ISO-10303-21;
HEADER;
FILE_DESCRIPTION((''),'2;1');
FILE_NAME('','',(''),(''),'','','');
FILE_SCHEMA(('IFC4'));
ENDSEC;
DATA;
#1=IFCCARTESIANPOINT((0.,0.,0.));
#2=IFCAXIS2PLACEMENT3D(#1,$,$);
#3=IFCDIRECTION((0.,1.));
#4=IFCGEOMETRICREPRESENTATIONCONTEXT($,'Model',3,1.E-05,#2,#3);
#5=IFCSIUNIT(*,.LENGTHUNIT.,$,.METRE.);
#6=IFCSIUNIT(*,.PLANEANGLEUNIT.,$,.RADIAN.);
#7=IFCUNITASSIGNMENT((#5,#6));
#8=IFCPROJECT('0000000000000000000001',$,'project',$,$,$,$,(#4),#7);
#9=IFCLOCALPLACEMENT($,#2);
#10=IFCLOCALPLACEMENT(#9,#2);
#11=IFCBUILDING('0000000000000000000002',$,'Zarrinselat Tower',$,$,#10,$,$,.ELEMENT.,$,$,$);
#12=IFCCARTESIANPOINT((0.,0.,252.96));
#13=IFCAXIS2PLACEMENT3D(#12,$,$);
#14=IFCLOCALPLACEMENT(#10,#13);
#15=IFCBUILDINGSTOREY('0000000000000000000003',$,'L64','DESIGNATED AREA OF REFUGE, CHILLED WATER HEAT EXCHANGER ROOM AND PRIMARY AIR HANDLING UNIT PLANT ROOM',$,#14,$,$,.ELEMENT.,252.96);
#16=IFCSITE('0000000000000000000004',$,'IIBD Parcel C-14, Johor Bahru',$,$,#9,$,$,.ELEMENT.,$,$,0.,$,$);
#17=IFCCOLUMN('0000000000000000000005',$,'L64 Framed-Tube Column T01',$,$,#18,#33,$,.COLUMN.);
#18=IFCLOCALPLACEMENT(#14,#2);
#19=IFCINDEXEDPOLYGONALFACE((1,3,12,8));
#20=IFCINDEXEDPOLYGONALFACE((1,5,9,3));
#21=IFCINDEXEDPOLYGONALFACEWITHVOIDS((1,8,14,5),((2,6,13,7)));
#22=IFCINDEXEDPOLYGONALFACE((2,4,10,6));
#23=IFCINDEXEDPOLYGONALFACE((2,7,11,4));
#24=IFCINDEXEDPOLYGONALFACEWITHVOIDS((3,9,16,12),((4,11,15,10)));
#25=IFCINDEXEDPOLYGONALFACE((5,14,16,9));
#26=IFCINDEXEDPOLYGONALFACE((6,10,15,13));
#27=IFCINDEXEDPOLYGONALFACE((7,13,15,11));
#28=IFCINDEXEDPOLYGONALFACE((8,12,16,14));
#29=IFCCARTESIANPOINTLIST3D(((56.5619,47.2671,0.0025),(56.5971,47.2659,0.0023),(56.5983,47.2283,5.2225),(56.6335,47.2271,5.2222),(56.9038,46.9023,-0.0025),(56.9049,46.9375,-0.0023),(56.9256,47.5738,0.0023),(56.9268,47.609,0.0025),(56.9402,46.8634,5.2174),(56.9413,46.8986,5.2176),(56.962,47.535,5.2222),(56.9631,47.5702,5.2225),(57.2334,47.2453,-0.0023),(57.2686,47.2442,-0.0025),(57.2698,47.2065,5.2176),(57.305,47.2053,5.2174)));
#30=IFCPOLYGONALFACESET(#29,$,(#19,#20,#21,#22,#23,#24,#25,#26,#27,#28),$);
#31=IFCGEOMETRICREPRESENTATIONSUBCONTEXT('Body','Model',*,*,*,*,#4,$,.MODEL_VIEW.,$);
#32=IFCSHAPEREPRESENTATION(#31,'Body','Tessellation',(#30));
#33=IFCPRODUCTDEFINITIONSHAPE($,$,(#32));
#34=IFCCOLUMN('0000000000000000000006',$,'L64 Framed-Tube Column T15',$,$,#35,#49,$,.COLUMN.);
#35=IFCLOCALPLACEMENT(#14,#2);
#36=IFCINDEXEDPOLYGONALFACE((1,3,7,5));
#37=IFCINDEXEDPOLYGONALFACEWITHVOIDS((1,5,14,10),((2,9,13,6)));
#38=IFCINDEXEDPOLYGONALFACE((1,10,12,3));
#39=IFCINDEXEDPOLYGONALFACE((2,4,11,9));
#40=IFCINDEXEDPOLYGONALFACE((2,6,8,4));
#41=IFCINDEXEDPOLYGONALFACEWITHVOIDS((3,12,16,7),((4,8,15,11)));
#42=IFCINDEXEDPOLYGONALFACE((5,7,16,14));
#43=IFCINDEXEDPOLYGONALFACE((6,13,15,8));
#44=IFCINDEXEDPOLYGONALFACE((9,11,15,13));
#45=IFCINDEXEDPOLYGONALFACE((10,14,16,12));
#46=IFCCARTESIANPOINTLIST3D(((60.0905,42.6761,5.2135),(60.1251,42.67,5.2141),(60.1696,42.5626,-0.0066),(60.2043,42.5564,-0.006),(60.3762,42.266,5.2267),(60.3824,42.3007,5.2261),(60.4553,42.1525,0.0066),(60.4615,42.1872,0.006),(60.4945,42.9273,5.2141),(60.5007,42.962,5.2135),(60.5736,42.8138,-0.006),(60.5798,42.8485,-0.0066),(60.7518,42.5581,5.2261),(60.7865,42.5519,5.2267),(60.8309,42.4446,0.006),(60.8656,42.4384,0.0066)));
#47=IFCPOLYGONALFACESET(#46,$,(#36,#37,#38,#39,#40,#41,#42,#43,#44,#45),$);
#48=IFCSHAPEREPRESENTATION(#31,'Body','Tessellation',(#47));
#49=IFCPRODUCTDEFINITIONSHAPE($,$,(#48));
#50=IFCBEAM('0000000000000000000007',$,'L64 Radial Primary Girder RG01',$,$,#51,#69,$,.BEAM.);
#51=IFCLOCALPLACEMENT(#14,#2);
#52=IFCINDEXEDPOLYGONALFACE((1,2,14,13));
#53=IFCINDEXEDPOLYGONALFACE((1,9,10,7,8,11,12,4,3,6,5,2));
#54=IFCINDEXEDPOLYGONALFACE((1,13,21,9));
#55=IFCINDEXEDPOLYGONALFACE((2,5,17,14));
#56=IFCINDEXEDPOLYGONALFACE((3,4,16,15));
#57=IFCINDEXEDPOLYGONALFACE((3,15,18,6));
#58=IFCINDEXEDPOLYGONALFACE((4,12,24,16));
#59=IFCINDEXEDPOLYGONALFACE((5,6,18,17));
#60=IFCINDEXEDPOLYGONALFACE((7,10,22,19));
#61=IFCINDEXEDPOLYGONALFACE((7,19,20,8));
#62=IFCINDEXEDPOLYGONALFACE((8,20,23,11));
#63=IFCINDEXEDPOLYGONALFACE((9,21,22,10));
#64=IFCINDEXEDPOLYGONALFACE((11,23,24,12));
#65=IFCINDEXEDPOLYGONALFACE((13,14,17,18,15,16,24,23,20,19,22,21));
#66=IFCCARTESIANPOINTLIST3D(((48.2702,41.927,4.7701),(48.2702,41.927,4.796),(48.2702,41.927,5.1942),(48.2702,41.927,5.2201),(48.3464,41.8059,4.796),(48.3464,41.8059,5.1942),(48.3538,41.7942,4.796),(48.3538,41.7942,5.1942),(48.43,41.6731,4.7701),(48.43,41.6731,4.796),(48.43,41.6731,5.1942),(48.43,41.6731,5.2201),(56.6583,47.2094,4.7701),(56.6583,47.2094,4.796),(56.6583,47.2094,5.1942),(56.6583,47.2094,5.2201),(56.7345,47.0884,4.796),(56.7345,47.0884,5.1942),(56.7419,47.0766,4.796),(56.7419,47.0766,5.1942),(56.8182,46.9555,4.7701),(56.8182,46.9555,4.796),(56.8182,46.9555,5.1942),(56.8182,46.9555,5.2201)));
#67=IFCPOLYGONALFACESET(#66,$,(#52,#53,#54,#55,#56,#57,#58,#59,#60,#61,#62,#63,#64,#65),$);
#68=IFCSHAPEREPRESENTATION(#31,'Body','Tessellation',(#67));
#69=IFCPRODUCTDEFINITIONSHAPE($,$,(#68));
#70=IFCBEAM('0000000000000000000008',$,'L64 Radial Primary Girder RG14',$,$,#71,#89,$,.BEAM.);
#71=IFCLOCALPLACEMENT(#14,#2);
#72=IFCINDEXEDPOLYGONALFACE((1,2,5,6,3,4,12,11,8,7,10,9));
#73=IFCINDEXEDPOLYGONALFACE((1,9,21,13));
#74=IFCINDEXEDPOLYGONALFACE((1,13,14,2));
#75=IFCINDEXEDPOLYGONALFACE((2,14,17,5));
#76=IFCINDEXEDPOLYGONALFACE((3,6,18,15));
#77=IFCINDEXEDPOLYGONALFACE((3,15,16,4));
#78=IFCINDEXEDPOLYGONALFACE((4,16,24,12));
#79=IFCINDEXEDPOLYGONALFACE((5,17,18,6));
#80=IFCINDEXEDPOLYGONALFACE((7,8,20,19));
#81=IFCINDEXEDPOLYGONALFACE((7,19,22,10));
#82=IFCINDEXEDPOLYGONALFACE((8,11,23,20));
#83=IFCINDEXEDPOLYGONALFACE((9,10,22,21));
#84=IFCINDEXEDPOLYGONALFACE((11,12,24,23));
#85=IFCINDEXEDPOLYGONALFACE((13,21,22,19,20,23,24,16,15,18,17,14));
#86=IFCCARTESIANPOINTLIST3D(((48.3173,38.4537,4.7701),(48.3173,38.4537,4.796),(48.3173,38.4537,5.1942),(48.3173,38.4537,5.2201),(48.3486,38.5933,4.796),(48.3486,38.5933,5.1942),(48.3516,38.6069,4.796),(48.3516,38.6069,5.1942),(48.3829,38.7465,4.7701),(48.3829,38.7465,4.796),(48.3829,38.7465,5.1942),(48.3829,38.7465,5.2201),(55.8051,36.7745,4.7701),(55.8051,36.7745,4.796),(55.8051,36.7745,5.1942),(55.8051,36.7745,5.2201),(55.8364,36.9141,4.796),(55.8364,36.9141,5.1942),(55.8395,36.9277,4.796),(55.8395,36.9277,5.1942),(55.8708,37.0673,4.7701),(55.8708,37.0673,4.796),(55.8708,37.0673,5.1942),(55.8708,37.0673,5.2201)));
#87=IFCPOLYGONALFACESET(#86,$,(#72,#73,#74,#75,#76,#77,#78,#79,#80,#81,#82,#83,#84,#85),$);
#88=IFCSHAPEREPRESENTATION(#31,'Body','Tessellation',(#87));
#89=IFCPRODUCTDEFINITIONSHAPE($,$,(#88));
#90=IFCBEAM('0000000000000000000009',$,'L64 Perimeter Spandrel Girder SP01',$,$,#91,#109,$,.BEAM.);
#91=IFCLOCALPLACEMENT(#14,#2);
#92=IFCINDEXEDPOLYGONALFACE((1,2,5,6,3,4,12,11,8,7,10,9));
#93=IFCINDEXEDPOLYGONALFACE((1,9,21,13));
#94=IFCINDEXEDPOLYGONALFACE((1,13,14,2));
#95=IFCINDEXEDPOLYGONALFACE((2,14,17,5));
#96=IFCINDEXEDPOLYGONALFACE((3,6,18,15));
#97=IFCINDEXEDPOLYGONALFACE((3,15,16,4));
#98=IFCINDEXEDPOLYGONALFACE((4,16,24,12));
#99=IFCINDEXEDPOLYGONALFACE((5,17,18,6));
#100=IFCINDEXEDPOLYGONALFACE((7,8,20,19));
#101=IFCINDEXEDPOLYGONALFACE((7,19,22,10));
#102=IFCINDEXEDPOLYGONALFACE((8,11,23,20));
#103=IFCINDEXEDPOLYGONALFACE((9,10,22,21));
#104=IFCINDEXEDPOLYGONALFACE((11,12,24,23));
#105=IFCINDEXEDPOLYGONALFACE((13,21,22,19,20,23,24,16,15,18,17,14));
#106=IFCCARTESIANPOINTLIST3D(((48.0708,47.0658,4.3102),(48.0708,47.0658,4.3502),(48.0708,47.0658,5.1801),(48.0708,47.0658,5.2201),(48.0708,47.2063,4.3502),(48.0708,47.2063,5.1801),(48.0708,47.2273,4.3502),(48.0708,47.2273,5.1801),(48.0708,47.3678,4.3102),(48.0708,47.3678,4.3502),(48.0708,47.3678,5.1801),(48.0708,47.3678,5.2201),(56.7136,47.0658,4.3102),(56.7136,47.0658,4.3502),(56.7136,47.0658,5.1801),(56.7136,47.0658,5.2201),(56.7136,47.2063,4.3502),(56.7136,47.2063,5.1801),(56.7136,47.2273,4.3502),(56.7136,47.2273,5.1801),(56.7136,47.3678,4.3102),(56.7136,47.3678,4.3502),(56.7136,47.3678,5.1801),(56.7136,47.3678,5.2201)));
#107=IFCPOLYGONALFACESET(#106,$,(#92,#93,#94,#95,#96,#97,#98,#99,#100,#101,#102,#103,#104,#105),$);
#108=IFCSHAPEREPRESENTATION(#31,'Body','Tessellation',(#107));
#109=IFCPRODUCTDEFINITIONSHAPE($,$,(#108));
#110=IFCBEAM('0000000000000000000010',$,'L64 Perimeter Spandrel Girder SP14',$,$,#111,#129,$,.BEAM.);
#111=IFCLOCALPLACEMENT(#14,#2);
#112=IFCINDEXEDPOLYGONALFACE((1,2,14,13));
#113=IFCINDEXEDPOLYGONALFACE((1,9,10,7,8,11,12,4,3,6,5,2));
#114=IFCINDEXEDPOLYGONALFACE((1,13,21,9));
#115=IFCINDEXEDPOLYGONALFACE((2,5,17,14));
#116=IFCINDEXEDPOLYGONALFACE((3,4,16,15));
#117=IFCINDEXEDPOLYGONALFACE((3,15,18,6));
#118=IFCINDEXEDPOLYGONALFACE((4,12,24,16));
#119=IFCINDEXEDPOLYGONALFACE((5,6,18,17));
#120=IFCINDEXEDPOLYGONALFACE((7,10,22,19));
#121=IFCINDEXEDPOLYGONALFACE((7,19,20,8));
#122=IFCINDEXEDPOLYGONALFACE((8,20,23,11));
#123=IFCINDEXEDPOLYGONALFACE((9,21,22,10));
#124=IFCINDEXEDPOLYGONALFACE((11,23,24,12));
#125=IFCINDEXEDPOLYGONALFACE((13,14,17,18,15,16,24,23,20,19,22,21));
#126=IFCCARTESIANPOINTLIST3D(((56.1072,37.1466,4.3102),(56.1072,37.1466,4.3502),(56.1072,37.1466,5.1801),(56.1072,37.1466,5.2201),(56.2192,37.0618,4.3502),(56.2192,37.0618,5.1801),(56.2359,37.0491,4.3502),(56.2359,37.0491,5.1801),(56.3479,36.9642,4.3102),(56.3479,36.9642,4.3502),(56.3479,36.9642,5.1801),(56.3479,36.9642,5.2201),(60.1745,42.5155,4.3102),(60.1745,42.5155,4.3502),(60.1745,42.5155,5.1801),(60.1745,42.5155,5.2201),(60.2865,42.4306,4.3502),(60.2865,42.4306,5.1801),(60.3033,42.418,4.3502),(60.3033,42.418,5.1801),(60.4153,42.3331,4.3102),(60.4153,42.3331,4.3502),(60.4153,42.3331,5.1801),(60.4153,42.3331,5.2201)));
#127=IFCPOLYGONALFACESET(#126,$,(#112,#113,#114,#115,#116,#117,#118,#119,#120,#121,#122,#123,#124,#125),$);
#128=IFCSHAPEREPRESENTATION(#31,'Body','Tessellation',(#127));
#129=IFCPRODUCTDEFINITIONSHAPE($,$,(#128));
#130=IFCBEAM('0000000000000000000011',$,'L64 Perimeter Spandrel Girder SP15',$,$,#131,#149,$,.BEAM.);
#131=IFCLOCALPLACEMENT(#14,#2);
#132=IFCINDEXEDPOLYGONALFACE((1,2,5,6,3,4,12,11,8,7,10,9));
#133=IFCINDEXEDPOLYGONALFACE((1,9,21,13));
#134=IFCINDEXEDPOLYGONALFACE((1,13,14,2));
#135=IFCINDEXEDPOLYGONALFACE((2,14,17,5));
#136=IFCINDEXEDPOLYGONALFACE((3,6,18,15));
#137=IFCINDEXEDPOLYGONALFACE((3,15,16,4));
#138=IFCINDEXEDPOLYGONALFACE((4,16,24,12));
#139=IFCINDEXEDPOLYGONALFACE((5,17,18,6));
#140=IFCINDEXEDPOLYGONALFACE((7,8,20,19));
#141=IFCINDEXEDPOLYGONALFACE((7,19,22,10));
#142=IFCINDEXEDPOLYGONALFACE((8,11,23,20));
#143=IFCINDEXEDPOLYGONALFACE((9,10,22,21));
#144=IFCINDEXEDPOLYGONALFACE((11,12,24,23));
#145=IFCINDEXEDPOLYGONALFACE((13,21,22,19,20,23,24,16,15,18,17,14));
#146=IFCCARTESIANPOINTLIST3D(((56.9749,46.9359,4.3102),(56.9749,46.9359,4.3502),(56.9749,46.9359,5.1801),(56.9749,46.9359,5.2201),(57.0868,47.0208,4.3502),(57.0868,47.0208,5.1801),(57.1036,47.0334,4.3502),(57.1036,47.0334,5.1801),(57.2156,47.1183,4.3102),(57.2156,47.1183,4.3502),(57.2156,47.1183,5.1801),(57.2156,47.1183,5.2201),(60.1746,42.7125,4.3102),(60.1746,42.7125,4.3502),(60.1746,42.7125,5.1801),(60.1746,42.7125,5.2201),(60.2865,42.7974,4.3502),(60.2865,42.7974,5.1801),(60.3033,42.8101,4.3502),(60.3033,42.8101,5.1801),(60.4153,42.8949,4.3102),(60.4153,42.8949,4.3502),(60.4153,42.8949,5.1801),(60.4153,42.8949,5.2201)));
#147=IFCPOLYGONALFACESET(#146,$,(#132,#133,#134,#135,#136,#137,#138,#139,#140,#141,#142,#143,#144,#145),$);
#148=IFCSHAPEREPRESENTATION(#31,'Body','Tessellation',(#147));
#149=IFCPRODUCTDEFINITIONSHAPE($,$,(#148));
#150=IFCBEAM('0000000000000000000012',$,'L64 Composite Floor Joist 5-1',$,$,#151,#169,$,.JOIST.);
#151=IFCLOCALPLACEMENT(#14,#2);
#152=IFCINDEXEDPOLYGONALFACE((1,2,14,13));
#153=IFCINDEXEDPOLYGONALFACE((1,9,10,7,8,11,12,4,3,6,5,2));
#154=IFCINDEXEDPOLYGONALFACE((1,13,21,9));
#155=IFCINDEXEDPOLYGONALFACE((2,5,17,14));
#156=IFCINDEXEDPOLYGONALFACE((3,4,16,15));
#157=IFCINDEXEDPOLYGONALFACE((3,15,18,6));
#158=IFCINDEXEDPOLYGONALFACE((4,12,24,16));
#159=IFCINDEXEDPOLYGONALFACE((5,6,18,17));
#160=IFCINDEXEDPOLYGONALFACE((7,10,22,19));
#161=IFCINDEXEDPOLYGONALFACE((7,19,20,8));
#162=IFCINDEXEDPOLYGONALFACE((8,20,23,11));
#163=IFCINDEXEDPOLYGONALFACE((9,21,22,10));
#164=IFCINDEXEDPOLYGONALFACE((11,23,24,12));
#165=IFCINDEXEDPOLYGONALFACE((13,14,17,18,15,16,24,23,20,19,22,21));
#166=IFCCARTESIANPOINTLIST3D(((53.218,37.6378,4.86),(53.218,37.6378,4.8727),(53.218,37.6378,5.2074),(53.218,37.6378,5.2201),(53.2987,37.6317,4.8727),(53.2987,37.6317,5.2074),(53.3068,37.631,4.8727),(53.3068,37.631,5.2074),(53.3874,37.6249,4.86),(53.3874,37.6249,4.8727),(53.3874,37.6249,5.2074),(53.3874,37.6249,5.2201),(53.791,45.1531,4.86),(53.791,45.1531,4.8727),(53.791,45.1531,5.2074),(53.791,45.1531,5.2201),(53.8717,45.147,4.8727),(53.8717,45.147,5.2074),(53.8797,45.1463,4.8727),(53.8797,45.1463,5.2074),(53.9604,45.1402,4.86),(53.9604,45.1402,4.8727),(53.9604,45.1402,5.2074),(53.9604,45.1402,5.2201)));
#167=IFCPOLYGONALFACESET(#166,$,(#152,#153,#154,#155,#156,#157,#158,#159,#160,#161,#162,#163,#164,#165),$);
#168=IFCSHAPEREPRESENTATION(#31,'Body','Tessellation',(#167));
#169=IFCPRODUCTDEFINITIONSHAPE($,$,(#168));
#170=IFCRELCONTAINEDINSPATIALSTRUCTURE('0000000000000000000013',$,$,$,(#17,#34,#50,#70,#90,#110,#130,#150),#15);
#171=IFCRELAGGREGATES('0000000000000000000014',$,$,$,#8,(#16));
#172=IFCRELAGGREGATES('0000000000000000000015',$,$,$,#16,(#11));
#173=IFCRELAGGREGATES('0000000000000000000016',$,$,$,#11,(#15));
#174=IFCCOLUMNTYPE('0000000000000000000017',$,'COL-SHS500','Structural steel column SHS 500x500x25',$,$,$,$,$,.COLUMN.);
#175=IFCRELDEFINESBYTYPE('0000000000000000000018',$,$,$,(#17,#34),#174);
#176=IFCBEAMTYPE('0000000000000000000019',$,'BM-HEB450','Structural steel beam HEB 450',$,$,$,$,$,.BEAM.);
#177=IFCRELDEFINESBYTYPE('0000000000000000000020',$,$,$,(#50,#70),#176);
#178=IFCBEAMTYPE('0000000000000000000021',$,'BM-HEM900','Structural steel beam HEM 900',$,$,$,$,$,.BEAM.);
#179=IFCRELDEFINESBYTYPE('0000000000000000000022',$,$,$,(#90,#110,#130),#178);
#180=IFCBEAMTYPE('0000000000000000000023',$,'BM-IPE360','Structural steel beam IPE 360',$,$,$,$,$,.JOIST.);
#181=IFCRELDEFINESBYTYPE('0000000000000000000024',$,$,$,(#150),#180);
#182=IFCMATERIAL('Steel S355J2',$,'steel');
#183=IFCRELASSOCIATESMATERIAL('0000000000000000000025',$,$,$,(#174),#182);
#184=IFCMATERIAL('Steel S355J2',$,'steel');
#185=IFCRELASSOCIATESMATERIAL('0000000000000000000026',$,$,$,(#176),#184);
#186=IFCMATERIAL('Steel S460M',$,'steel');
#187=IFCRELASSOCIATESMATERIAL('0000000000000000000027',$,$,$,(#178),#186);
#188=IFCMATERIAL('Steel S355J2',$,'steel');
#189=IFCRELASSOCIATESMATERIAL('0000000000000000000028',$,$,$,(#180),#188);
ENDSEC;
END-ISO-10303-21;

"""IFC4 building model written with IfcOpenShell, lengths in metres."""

from ifc_helpers import new_model, si_unit, direction, frame, origin, origin_2d, place, context, subcontext, project, spatial, hollow_rectangle, i_section, extrude, material, material_profile, profile_set, type_object, element, save


model = new_model("IFC4")

# Units and contexts
model_context = context("Model", 3, precision=1e-05, world=origin(), true_north=direction((0.0, 1.0)))
body_context = subcontext(model_context, "Body", "Model", "MODEL_VIEW")
ifc_project = project(units=[si_unit("LENGTHUNIT", "METRE"), si_unit("PLANEANGLEUNIT", "RADIAN")], contexts=[model_context])

# Site, building, storey
site_placement = place(None, origin())
site = spatial("IfcSite", under=ifc_project, at=site_placement, Name="IIBD Parcel C-14, Johor Bahru", CompositionType="ELEMENT", RefElevation=0.0)
building_placement = place(site_placement, origin())
building = spatial("IfcBuilding", under=site, at=building_placement, Name="Zarrinselat Tower", CompositionType="ELEMENT")
storey_placement = place(building_placement, frame((0.0, 0.0, 252.96)))
storey = spatial("IfcBuildingStorey", under=building, at=storey_placement, Name="L64", Description="DESIGNATED AREA OF REFUGE, CHILLED WATER HEAT EXCHANGER ROOM AND PRIMARY AIR HANDLING UNIT PLANT ROOM", CompositionType="ELEMENT", Elevation=252.96)

# Columns
ifc_material_1 = material(Name="Steel S355J2", Category="steel")
ifc_material_profile_1 = material_profile(ifc_material_1, hollow_rectangle(XDim=0.5, YDim=0.5, WallThickness=0.0249, at=origin_2d()), Name="SHS 500x500x25")
ifc_profile_set_1 = profile_set([ifc_material_profile_1], Name="Steel S355J2")
column_type = type_object("IfcColumnType", Name="COL-SHS500", Description="Structural steel column SHS 500x500x25", PredefinedType="COLUMN", material=ifc_profile_set_1)
column_1_placement = place(storey_placement, frame((56.9153, 47.2556, 0.0), z_axis=(0.006968, -0.007436, 0.999948), x_axis=(0.72968, 0.683788, 0.0)))
element("IfcColumn", 1, at=column_1_placement, inside=storey, type_object=column_type, Name="L64 Framed-Tube Column T01", PredefinedType="COLUMN", context=body_context, shape_type="SweptSolid", body=[
    extrude(hollow_rectangle(XDim=0.5, YDim=0.5, WallThickness=0.0249, at=origin_2d()), origin(), (0.0, 0.0, 1.0), 5.2202),
])
column_2_placement = place(storey_placement, frame((60.5176, 42.5005, 0.0), z_axis=(-0.015148, 0.021741, 0.999649), x_axis=(-0.820473, -0.571685, 0.0)))
element("IfcColumn", 2, at=column_2_placement, inside=storey, type_object=column_type, Name="L64 Framed-Tube Column T15", PredefinedType="COLUMN", context=body_context, shape_type="SweptSolid", body=[
    extrude(hollow_rectangle(XDim=0.5, YDim=0.5, WallThickness=0.0249, at=origin_2d()), origin(), (0.0, 0.0, 1.0), 5.2219),
])

# Beams
ifc_material_2 = material(Name="Steel S355J2", Category="steel")
ifc_material_profile_2 = material_profile(ifc_material_2, i_section(OverallWidth=0.3, OverallDepth=0.45, WebThickness=0.0139, FlangeThickness=0.0259, at=origin_2d()), Name="HEB 450")
ifc_profile_set_2 = profile_set([ifc_material_profile_2], Name="Steel S355J2")
beam_type_1 = type_object("IfcBeamType", Name="BM-HEB450", Description="Structural steel beam HEB 450", PredefinedType="BEAM", material=ifc_profile_set_2)
beam_1_placement = place(storey_placement, frame((48.3501, 41.8, 4.9951), z_axis=(0.846186, 0.532887, 0.0), x_axis=(-0.532887, 0.846186, 0.0)))
element("IfcBeam", 3, at=beam_1_placement, inside=storey, type_object=beam_type_1, Name="L64 Radial Primary Girder RG01", PredefinedType="BEAM", context=body_context, shape_type="SweptSolid", body=[
    extrude(i_section(OverallWidth=0.3, OverallDepth=0.45, WebThickness=0.0139, FlangeThickness=0.0259, at=origin_2d()), origin(), (0.0, 0.0, 1.0), 9.9128),
])
beam_2_placement = place(storey_placement, frame((48.3501, 38.6001, 4.9951), z_axis=(0.975765, -0.218823, 0.0), x_axis=(0.218823, 0.975765, 0.0)))
element("IfcBeam", 4, at=beam_2_placement, inside=storey, type_object=beam_type_1, Name="L64 Radial Primary Girder RG14", PredefinedType="BEAM", context=body_context, shape_type="SweptSolid", body=[
    extrude(i_section(OverallWidth=0.3, OverallDepth=0.45, WebThickness=0.0139, FlangeThickness=0.0259, at=origin_2d()), origin(), (0.0, 0.0, 1.0), 7.6738),
])
ifc_material_3 = material(Name="Steel S460M", Category="steel")
ifc_material_profile_3 = material_profile(ifc_material_3, i_section(OverallWidth=0.302, OverallDepth=0.9099, WebThickness=0.021, FlangeThickness=0.04, at=origin_2d()), Name="HEM 900")
ifc_profile_set_3 = profile_set([ifc_material_profile_3], Name="Steel S460M")
beam_type_2 = type_object("IfcBeamType", Name="BM-HEM900", Description="Structural steel beam HEM 900", PredefinedType="BEAM", material=ifc_profile_set_3)
beam_3_placement = place(storey_placement, frame((48.0708, 47.2168, 4.7651), z_axis=(1.0, 0.0, 0.0), x_axis=(0.0, 1.0, 0.0)))
element("IfcBeam", 5, at=beam_3_placement, inside=storey, type_object=beam_type_2, Name="L64 Perimeter Spandrel Girder SP01", PredefinedType="BEAM", context=body_context, shape_type="SweptSolid", body=[
    extrude(i_section(OverallWidth=0.302, OverallDepth=0.9099, WebThickness=0.021, FlangeThickness=0.04, at=origin_2d()), origin(), (0.0, 0.0, 1.0), 8.6428),
])
beam_4_placement = place(storey_placement, frame((56.2275, 37.0554, 4.7651), z_axis=(0.603861, 0.79709, 0.0), x_axis=(-0.79709, 0.603861, 0.0)))
element("IfcBeam", 6, at=beam_4_placement, inside=storey, type_object=beam_type_2, Name="L64 Perimeter Spandrel Girder SP14", PredefinedType="BEAM", context=body_context, shape_type="SweptSolid", body=[
    extrude(i_section(OverallWidth=0.302, OverallDepth=0.9099, WebThickness=0.021, FlangeThickness=0.04, at=origin_2d()), origin(), (0.0, 0.0, 1.0), 6.7356),
])
beam_5_placement = place(storey_placement, frame((57.0952, 47.0271, 4.7651), z_axis=(0.603878, -0.797077, 0.0), x_axis=(0.797077, 0.603878, 0.0)))
element("IfcBeam", 7, at=beam_5_placement, inside=storey, type_object=beam_type_2, Name="L64 Perimeter Spandrel Girder SP15", PredefinedType="BEAM", context=body_context, shape_type="SweptSolid", body=[
    extrude(i_section(OverallWidth=0.302, OverallDepth=0.9099, WebThickness=0.021, FlangeThickness=0.04, at=origin_2d()), origin(), (0.0, 0.0, 1.0), 5.2986),
])
ifc_material_4 = material(Name="Steel S355J2", Category="steel")
ifc_material_profile_4 = material_profile(ifc_material_4, i_section(OverallWidth=0.1699, OverallDepth=0.3601, WebThickness=0.0081, FlangeThickness=0.0127, at=origin_2d()), Name="IPE 360")
ifc_profile_set_4 = profile_set([ifc_material_profile_4], Name="Steel S355J2")
beam_type_3 = type_object("IfcBeamType", Name="BM-IPE360", Description="Structural steel beam IPE 360", PredefinedType="JOIST", material=ifc_profile_set_4)
beam_6_placement = place(storey_placement, frame((53.3027, 37.6313, 5.04), z_axis=(0.076023, 0.997106, 0.0), x_axis=(-0.997106, 0.076023, 0.0)))
element("IfcBeam", 8, at=beam_6_placement, inside=storey, type_object=beam_type_3, Name="L64 Composite Floor Joist 5-1", PredefinedType="JOIST", context=body_context, shape_type="SweptSolid", body=[
    extrude(i_section(OverallWidth=0.1699, OverallDepth=0.3601, WebThickness=0.0081, FlangeThickness=0.0127, at=origin_2d()), origin(), (0.0, 0.0, 1.0), 7.5371),
])

save(model, "model.ifc")
